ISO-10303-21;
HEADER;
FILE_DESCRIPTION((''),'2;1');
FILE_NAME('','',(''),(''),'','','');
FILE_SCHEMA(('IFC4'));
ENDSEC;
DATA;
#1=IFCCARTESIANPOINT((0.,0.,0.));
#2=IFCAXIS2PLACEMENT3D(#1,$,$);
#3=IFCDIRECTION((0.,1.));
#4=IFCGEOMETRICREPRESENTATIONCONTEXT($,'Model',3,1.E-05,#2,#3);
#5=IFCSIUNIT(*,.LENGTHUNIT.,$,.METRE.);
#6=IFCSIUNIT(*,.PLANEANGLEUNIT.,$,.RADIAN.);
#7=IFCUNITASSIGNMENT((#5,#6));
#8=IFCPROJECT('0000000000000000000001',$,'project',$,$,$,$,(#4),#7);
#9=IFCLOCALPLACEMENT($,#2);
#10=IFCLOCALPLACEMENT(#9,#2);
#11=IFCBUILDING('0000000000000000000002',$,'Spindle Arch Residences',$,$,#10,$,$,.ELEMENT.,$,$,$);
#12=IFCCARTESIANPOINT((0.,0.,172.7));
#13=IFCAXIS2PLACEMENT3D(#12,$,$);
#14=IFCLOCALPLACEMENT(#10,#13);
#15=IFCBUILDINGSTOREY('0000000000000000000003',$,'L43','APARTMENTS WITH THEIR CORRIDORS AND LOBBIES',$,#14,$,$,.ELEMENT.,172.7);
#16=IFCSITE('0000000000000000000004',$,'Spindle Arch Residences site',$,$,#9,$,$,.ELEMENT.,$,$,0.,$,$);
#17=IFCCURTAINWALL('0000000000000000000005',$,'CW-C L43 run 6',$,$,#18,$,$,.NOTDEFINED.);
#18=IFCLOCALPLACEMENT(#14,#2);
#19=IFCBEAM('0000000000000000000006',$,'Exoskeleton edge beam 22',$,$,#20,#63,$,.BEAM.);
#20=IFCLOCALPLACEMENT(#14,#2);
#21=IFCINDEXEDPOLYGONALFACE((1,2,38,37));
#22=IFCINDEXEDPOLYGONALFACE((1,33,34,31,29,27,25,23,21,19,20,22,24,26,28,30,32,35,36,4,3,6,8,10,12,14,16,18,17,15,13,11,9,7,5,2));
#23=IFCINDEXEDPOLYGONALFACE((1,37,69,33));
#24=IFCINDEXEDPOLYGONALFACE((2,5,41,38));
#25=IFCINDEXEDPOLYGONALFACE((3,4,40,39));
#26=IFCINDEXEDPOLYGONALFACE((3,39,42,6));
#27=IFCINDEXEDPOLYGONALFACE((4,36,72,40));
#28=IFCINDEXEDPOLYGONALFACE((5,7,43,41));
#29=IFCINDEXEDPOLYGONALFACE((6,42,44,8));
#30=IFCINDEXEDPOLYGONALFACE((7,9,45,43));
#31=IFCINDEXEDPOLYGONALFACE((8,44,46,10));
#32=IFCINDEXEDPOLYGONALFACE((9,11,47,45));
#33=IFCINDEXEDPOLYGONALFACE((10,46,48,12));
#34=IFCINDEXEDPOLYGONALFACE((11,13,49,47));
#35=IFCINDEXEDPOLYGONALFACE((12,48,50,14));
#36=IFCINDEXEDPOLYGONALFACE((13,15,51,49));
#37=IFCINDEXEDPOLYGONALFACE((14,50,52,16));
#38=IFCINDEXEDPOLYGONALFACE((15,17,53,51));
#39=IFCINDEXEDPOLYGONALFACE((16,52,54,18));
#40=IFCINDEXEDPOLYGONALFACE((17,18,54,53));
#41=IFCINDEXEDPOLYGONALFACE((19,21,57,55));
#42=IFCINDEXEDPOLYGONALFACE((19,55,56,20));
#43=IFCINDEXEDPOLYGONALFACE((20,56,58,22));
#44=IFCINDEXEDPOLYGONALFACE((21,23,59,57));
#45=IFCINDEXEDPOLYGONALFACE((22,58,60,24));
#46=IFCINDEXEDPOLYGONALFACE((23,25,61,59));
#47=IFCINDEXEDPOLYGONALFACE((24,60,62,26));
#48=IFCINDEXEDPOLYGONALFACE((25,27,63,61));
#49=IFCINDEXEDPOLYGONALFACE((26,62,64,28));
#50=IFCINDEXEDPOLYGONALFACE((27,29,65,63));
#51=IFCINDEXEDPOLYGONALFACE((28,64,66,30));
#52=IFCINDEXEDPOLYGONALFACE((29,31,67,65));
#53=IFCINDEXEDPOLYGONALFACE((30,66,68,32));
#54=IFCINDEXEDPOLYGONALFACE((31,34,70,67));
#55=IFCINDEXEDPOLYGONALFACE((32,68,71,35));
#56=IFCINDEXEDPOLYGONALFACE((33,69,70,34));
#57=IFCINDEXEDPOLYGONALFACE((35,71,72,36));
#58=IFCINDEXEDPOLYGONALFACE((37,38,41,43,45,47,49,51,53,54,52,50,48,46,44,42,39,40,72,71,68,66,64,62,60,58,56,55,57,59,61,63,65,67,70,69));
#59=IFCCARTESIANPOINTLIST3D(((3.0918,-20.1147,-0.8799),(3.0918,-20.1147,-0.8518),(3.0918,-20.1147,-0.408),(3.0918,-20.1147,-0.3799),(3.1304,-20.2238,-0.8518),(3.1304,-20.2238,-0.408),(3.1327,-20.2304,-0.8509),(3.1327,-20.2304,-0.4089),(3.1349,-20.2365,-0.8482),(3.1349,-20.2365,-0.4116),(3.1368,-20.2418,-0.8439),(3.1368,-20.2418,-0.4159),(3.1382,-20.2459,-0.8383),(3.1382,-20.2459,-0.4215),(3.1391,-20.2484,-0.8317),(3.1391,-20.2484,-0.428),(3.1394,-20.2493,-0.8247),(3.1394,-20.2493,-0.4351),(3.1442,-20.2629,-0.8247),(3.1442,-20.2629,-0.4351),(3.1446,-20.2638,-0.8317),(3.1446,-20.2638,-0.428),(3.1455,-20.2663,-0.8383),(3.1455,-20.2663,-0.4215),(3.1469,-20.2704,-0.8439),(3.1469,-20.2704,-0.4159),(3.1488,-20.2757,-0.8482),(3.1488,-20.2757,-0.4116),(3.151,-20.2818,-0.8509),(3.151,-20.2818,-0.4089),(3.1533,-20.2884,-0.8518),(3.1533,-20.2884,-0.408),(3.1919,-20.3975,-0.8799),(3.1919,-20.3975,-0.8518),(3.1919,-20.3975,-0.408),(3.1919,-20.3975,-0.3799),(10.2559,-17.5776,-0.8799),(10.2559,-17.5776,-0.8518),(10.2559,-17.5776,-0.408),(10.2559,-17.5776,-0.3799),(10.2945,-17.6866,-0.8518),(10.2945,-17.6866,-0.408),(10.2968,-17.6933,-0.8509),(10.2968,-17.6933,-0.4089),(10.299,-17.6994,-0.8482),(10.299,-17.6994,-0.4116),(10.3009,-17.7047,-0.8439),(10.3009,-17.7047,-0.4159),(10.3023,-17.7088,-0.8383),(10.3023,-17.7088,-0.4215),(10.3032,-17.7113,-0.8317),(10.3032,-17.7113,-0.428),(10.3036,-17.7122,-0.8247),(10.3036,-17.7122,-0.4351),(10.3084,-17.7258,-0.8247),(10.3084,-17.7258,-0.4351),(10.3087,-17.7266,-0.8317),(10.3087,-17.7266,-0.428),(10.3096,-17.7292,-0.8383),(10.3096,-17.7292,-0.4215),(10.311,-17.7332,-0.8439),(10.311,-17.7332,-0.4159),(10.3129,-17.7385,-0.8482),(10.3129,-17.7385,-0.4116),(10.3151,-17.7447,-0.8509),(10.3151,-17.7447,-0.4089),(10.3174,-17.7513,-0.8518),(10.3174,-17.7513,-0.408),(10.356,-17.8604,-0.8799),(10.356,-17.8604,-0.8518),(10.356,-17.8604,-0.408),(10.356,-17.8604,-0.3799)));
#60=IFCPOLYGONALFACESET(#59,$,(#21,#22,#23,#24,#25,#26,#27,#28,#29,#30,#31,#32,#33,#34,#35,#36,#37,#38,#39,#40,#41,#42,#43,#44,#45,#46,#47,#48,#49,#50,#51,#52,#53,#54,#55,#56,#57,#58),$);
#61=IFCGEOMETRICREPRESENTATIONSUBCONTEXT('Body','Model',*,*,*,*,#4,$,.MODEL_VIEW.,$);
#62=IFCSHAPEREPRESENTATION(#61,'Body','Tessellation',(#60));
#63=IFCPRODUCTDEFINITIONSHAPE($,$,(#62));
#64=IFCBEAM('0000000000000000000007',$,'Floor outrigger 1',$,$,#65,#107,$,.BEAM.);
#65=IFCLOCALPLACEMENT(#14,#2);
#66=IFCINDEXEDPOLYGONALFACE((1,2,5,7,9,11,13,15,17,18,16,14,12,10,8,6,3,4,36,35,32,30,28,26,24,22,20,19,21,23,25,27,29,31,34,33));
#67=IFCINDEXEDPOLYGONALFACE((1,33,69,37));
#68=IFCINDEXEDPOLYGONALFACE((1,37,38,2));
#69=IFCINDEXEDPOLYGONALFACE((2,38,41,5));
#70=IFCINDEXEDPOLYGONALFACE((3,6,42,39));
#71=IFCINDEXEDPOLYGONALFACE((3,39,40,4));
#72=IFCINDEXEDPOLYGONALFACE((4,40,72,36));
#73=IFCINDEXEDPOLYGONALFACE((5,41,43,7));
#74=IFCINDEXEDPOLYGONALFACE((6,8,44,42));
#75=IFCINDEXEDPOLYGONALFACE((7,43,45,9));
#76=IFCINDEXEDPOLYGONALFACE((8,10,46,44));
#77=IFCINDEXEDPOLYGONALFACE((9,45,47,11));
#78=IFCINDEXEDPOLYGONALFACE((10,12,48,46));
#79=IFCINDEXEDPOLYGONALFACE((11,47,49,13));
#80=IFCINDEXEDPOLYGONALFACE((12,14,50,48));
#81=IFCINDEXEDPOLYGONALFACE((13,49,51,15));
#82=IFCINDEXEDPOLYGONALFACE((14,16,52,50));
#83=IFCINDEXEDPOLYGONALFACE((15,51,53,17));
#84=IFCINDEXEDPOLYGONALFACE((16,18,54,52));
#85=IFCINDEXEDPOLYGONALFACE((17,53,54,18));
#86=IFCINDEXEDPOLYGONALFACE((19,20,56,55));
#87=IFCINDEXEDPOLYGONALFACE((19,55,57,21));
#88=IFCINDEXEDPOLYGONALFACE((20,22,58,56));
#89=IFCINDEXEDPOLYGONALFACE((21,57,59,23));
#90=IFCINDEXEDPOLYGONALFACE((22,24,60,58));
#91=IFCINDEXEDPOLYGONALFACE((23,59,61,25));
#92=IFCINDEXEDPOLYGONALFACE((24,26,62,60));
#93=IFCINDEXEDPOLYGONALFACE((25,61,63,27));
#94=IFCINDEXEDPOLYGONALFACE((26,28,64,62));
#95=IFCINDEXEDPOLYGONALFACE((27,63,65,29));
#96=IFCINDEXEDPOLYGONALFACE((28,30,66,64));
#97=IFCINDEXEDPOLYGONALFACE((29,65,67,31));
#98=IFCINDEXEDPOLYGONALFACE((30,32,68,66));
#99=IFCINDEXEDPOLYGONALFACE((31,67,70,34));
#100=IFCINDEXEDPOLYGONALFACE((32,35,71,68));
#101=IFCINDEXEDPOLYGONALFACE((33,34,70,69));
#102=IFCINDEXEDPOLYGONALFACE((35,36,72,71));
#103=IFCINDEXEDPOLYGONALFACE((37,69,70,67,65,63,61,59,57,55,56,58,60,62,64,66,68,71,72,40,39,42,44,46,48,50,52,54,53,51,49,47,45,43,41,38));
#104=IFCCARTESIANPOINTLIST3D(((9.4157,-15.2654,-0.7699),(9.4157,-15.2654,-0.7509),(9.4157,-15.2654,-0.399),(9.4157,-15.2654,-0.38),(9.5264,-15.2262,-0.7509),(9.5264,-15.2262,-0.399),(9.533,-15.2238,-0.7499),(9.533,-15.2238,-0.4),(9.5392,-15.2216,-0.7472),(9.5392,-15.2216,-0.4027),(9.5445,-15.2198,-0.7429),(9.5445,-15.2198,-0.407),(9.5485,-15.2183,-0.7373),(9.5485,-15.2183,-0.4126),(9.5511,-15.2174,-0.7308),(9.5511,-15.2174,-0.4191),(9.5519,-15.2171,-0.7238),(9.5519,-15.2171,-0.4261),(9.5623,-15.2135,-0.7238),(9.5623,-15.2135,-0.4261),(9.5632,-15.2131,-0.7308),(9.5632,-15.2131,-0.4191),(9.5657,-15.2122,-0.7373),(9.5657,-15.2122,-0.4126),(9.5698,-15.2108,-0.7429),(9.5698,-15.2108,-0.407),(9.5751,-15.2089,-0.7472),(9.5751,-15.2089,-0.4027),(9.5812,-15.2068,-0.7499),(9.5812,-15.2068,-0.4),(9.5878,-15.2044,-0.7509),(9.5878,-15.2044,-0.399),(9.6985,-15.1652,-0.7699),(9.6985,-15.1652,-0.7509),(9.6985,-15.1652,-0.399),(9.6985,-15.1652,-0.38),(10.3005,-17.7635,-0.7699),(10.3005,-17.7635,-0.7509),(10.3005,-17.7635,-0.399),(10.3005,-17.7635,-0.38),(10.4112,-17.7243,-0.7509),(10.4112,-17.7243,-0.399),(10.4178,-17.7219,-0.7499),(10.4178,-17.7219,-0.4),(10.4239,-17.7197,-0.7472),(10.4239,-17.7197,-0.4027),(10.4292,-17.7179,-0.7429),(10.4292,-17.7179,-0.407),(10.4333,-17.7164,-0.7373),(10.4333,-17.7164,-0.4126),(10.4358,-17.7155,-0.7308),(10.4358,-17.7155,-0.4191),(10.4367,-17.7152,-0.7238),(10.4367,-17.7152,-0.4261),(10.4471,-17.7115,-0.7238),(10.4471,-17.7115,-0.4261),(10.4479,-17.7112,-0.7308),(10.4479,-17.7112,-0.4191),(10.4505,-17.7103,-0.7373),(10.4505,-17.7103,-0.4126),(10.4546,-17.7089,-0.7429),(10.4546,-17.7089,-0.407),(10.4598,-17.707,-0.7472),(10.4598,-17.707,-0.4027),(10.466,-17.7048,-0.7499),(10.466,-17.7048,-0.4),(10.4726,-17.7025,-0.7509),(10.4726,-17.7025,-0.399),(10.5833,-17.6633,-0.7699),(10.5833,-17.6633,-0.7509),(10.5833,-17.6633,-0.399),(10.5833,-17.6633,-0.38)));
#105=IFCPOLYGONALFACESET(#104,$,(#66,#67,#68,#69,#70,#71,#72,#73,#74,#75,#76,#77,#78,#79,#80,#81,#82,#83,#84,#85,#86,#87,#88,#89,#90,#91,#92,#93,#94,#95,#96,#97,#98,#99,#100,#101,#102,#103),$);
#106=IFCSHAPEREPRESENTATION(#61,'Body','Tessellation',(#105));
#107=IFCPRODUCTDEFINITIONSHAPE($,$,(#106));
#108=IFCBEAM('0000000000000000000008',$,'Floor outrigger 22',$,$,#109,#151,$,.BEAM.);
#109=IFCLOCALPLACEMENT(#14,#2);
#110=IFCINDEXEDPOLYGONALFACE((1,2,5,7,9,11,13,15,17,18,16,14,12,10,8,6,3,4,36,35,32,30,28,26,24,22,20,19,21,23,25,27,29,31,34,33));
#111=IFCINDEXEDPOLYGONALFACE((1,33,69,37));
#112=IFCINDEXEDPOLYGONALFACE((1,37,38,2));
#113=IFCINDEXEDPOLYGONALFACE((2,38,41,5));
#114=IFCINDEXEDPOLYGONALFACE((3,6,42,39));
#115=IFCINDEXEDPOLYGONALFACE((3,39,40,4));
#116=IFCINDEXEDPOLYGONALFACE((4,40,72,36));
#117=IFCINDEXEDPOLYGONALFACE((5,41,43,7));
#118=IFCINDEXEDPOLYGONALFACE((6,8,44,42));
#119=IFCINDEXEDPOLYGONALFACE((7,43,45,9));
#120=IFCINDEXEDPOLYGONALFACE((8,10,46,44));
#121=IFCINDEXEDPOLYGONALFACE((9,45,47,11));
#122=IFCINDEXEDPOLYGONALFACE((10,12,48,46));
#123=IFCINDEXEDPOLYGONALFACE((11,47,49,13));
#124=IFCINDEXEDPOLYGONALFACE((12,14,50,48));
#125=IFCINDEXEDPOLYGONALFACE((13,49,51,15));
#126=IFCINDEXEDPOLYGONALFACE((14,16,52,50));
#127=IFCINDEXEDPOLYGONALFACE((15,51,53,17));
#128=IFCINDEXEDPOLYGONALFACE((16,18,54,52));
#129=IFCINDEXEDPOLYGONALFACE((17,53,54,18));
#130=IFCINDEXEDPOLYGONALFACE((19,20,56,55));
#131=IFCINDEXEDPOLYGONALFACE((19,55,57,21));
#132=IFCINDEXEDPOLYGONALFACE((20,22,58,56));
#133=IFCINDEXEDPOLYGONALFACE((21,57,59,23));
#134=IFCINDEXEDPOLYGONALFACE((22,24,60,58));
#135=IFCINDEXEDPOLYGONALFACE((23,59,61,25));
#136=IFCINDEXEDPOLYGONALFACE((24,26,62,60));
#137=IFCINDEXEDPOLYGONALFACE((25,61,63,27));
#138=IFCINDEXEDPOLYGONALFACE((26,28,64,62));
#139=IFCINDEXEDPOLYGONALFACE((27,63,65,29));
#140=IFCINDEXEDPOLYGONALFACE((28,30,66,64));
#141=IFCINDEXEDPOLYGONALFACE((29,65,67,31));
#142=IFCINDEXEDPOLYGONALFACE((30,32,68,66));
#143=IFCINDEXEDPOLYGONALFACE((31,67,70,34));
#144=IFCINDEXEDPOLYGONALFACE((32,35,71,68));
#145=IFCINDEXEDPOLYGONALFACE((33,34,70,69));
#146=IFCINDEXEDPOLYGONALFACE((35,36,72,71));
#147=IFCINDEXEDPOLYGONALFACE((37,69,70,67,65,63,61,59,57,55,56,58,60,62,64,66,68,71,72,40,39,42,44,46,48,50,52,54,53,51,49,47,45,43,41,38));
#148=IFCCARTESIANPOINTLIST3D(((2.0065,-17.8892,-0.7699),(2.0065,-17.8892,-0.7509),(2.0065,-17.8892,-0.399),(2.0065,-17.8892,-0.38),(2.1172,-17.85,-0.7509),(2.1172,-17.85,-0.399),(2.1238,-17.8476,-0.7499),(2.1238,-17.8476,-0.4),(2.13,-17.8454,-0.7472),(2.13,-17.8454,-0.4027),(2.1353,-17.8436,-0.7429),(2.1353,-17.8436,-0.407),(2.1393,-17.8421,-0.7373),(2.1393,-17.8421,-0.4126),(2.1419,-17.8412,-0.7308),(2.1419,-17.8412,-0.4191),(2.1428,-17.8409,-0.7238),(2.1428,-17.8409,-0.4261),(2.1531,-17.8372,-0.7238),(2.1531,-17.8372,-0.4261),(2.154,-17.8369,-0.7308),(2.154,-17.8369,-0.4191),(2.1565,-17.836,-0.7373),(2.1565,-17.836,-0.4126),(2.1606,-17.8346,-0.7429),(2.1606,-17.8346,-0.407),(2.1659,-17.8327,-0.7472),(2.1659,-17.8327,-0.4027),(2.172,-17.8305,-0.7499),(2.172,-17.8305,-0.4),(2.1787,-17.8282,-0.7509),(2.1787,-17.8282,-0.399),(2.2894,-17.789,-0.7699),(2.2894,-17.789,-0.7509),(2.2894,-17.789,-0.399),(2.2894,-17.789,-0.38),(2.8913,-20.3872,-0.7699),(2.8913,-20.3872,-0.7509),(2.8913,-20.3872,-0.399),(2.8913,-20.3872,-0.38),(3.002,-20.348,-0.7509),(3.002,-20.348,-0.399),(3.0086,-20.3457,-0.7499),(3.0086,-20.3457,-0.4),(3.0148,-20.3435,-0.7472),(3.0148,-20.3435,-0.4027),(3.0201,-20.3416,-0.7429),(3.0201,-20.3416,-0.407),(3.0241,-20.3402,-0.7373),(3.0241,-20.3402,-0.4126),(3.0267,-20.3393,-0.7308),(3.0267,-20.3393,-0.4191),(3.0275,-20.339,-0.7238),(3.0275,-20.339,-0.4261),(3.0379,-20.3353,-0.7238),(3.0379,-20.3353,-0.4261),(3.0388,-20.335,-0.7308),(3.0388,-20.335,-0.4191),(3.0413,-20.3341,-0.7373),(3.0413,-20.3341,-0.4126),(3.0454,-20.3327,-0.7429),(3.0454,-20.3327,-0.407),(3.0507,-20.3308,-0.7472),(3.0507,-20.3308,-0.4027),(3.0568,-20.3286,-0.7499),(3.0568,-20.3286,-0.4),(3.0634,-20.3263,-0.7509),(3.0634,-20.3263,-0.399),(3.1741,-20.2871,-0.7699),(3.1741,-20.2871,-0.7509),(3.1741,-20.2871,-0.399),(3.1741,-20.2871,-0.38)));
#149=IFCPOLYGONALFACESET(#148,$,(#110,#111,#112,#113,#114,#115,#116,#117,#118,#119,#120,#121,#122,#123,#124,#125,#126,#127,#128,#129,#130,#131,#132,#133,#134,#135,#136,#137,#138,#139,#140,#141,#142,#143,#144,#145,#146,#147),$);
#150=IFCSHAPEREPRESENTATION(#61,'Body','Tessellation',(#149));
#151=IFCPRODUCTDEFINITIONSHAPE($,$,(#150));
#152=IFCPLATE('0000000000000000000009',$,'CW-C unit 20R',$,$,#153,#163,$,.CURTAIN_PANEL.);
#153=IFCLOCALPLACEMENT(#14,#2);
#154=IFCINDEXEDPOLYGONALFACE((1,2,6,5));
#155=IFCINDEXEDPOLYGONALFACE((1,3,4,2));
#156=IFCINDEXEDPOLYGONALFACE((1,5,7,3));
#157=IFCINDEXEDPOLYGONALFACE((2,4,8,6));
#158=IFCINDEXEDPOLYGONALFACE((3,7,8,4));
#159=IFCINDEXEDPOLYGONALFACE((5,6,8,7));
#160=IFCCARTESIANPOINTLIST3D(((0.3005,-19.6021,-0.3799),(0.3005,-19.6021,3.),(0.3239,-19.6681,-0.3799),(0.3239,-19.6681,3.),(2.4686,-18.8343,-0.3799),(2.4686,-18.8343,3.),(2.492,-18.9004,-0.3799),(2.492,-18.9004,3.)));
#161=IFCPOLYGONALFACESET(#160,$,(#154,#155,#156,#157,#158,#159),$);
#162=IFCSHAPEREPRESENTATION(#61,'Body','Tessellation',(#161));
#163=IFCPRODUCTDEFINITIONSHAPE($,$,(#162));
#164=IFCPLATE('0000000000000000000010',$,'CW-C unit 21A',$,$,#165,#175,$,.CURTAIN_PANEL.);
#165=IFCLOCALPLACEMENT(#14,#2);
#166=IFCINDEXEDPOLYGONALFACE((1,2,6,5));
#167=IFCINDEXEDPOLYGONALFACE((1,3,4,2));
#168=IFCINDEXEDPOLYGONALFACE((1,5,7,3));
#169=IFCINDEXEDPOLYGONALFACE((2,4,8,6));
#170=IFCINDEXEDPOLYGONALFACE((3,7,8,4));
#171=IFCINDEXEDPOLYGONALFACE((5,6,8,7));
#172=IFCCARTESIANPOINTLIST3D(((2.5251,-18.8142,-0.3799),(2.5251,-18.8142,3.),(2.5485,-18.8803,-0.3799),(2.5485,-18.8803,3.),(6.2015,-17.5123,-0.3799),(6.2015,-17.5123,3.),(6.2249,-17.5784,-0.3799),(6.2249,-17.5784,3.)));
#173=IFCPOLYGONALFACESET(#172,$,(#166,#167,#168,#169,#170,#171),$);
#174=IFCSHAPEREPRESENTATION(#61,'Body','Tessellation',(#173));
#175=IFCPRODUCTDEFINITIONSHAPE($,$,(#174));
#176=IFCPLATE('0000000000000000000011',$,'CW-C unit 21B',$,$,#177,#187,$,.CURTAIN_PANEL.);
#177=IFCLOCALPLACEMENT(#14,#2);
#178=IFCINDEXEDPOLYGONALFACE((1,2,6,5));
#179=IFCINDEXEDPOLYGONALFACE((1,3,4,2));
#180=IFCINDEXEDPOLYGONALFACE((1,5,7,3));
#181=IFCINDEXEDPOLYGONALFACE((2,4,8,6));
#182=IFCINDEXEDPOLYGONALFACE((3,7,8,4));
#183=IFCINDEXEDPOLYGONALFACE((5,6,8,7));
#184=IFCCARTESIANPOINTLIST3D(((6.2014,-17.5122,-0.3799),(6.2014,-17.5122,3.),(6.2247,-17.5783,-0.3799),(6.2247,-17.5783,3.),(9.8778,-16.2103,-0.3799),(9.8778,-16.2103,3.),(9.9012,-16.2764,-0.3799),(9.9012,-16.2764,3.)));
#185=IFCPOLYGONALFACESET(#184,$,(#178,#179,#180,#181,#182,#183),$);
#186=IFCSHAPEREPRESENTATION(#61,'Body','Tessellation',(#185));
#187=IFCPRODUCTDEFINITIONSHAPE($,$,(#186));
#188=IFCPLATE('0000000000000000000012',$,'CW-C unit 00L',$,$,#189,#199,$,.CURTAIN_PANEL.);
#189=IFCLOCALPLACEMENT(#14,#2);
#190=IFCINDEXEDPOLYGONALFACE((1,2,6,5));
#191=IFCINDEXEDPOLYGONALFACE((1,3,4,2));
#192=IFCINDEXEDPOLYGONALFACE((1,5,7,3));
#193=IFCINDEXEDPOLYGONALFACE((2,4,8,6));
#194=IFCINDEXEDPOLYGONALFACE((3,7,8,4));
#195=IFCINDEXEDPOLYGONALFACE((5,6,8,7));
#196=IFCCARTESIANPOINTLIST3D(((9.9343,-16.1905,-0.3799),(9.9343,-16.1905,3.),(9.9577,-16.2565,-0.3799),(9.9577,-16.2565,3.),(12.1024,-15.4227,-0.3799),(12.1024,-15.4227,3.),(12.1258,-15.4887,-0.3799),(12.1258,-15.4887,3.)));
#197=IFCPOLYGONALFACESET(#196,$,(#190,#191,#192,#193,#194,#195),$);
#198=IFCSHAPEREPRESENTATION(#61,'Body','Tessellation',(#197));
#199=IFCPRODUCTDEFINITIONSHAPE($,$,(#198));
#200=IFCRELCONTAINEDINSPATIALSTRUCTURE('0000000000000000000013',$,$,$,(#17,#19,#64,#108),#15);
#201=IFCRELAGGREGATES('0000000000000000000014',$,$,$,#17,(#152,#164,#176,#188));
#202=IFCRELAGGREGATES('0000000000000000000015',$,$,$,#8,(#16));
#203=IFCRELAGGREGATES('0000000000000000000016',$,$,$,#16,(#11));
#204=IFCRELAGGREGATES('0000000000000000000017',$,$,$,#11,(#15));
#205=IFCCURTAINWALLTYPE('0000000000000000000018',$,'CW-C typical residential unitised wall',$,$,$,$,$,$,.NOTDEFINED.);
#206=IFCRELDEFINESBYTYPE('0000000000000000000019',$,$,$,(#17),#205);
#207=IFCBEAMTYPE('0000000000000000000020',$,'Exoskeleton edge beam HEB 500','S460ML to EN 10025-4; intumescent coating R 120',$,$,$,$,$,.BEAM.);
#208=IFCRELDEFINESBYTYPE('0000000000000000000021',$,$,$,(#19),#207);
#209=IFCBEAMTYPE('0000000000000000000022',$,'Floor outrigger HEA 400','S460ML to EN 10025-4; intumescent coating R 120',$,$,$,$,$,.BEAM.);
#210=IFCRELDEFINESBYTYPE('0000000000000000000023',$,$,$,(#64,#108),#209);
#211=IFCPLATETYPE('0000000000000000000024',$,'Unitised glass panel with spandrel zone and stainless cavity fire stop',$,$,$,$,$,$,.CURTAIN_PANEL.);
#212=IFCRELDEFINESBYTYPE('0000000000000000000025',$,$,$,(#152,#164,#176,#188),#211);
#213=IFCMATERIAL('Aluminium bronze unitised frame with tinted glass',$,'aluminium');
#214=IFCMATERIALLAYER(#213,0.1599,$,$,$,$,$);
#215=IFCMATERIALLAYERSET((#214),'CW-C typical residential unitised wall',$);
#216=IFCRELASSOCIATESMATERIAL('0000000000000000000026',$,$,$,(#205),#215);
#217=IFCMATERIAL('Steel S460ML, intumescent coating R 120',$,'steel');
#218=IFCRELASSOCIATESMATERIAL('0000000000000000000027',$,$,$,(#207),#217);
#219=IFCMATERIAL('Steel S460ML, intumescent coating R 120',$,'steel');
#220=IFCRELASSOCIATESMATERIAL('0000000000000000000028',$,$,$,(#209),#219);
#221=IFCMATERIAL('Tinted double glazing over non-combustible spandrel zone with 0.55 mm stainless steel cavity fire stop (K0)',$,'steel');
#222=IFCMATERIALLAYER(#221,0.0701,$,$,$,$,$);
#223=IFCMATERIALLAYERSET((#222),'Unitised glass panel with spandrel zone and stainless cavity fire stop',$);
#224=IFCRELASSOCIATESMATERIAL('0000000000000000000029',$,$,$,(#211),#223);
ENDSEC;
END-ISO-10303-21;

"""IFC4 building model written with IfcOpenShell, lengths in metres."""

from ifc_helpers import new_model, si_unit, direction, frame, origin, origin_2d, place, context, subcontext, project, spatial, rectangle, i_section, extrude, material, layer, layer_set, material_profile, profile_set, type_object, element, aggregate, save


model = new_model("IFC4")

# Units and contexts
model_context = context("Model", 3, precision=1e-05, world=origin(), true_north=direction((0.0, 1.0)))
body_context = subcontext(model_context, "Body", "Model", "MODEL_VIEW")
ifc_project = project(units=[si_unit("LENGTHUNIT", "METRE"), si_unit("PLANEANGLEUNIT", "RADIAN")], contexts=[model_context])

# Site, building, storey
site_placement = place(None, origin())
site = spatial("IfcSite", under=ifc_project, at=site_placement, Name="Spindle Arch Residences site", CompositionType="ELEMENT", RefElevation=0.0)
building_placement = place(site_placement, origin())
building = spatial("IfcBuilding", under=site, at=building_placement, Name="Spindle Arch Residences", CompositionType="ELEMENT")
storey_placement = place(building_placement, frame((0.0, 0.0, 172.7)))
storey = spatial("IfcBuildingStorey", under=building, at=storey_placement, Name="L43", Description="APARTMENTS WITH THEIR CORRIDORS AND LOBBIES", CompositionType="ELEMENT", Elevation=172.7)

# Curtain wall
ifc_material_1 = material(Name="Aluminium bronze unitised frame with tinted glass", Category="aluminium")
ifc_layer_1 = layer(ifc_material_1, 0.1599)
ifc_layer_set_1 = layer_set([ifc_layer_1], Name="CW-C typical residential unitised wall")
curtain_wall_type = type_object("IfcCurtainWallType", Name="CW-C typical residential unitised wall", PredefinedType="NOTDEFINED", material=ifc_layer_set_1)
curtain_wall_placement = place(storey_placement, origin())
curtain_wall = element("IfcCurtainWall", 1, at=curtain_wall_placement, inside=storey, type_object=curtain_wall_type, Name="CW-C L43 run 6", PredefinedType="NOTDEFINED")

# Beams
ifc_material_2 = material(Name="Steel S460ML, intumescent coating R 120", Category="steel")
ifc_material_profile_1 = material_profile(ifc_material_2, i_section(OverallWidth=0.3, OverallDepth=0.5, WebThickness=0.0144, FlangeThickness=0.0281, FilletRadius=0.0271, at=origin_2d()), Name="HEB 500")
ifc_profile_set_1 = profile_set([ifc_material_profile_1], Name="Steel S460ML, intumescent coating R 120")
beam_type_1 = type_object("IfcBeamType", Name="Exoskeleton edge beam HEB 500", Description="S460ML to EN 10025-4; intumescent coating R 120", PredefinedType="BEAM", material=ifc_profile_set_1)
for number, where, z_axis, x_axis, name in (
    (2, (3.1418, -20.2561, -0.6299), (0.942634, 0.333828, 0.0), (-0.333828, 0.942634, 0.0), "Exoskeleton edge beam 22"),
):
    element("IfcBeam", number, at=place(storey_placement, frame(where, z_axis=z_axis, x_axis=x_axis)), inside=storey, type_object=beam_type_1, Name=name, PredefinedType="BEAM", context=body_context, shape_type="SweptSolid", body=[
        extrude(i_section(OverallWidth=0.3, OverallDepth=0.5, WebThickness=0.0144, FlangeThickness=0.0281, FilletRadius=0.0271, at=origin_2d()), origin(), (0.0, 0.0, 1.0), 7.6001),
    ])
ifc_material_3 = material(Name="Steel S460ML, intumescent coating R 120", Category="steel")
ifc_material_profile_2 = material_profile(ifc_material_3, i_section(OverallWidth=0.3, OverallDepth=0.3899, WebThickness=0.011, FlangeThickness=0.019, FilletRadius=0.0271, at=origin_2d()), Name="HEA 400")
ifc_profile_set_2 = profile_set([ifc_material_profile_2], Name="Steel S460ML, intumescent coating R 120")
beam_type_2 = type_object("IfcBeamType", Name="Floor outrigger HEA 400", Description="S460ML to EN 10025-4; intumescent coating R 120", PredefinedType="BEAM", material=ifc_profile_set_2)
for number, where, z_axis, x_axis, name in (
    (3, (10.4419, -17.7134, -0.575), (-0.333861, 0.942622, 0.0), (-0.942622, -0.333861, 0.0), "Floor outrigger 1"),
    (4, (3.0327, -20.3372, -0.575), (-0.333861, 0.942622, 0.0), (-0.942622, -0.333861, 0.0), "Floor outrigger 22"),
):
    element("IfcBeam", number, at=place(storey_placement, frame(where, z_axis=z_axis, x_axis=x_axis)), inside=storey, type_object=beam_type_2, Name=name, PredefinedType="BEAM", context=body_context, shape_type="SweptSolid", body=[
        extrude(i_section(OverallWidth=0.3, OverallDepth=0.3899, WebThickness=0.011, FlangeThickness=0.019, FilletRadius=0.0271, at=origin_2d()), origin(), (0.0, 0.0, 1.0), 2.6501),
    ])

# Plates
ifc_material_4 = material(Name="Tinted double glazing over non-combustible spandrel zone with 0.55 mm stainless steel cavity fire stop (K0)", Category="steel")
ifc_layer_2 = layer(ifc_material_4, 0.0701)
ifc_layer_set_2 = layer_set([ifc_layer_2], Name="Unitised glass panel with spandrel zone and stainless cavity fire stop")
plate_type = type_object("IfcPlateType", Name="Unitised glass panel with spandrel zone and stainless cavity fire stop", PredefinedType="CURTAIN_PANEL", material=ifc_layer_set_2)
plate_1_placement = place(storey_placement, frame((1.3962, -19.2512, -0.3799), z_axis=(0.0, 0.0, 1.0), x_axis=(0.942641, 0.333807, 0.0)))
plate_1 = element("IfcPlate", 5, at=plate_1_placement, type_object=plate_type, Name="CW-C unit 20R", PredefinedType="CURTAIN_PANEL", context=body_context, shape_type="SweptSolid", body=[
    extrude(rectangle(XDim=2.3, YDim=0.0701, at=origin_2d()), origin(), (0.0, 0.0, 1.0), 3.3799),
])
plate_2_placement = place(storey_placement, frame((4.375, -18.1963, -0.3799), z_axis=(0.0, 0.0, 1.0), x_axis=(0.942641, 0.333807, 0.0)))
plate_2 = element("IfcPlate", 6, at=plate_2_placement, type_object=plate_type, Name="CW-C unit 21A", PredefinedType="CURTAIN_PANEL", context=body_context, shape_type="SweptSolid", body=[
    extrude(rectangle(XDim=3.9001, YDim=0.0701, at=origin_2d()), origin(), (0.0, 0.0, 1.0), 3.3799),
])
plate_3_placement = place(storey_placement, frame((8.0513, -16.8943, -0.3799), z_axis=(0.0, 0.0, 1.0), x_axis=(0.942641, 0.333807, 0.0)))
plate_3 = element("IfcPlate", 7, at=plate_3_placement, type_object=plate_type, Name="CW-C unit 21B", PredefinedType="CURTAIN_PANEL", context=body_context, shape_type="SweptSolid", body=[
    extrude(rectangle(XDim=3.9001, YDim=0.0701, at=origin_2d()), origin(), (0.0, 0.0, 1.0), 3.3799),
])
plate_4_placement = place(storey_placement, frame((11.03, -15.8396, -0.3799), z_axis=(0.0, 0.0, 1.0), x_axis=(0.942641, 0.333807, 0.0)))
plate_4 = element("IfcPlate", 8, at=plate_4_placement, type_object=plate_type, Name="CW-C unit 00L", PredefinedType="CURTAIN_PANEL", context=body_context, shape_type="SweptSolid", body=[
    extrude(rectangle(XDim=2.3, YDim=0.0701, at=origin_2d()), origin(), (0.0, 0.0, 1.0), 3.3799),
])
aggregate(curtain_wall, [plate_1, plate_2, plate_3, plate_4])

save(model, "model.ifc")
